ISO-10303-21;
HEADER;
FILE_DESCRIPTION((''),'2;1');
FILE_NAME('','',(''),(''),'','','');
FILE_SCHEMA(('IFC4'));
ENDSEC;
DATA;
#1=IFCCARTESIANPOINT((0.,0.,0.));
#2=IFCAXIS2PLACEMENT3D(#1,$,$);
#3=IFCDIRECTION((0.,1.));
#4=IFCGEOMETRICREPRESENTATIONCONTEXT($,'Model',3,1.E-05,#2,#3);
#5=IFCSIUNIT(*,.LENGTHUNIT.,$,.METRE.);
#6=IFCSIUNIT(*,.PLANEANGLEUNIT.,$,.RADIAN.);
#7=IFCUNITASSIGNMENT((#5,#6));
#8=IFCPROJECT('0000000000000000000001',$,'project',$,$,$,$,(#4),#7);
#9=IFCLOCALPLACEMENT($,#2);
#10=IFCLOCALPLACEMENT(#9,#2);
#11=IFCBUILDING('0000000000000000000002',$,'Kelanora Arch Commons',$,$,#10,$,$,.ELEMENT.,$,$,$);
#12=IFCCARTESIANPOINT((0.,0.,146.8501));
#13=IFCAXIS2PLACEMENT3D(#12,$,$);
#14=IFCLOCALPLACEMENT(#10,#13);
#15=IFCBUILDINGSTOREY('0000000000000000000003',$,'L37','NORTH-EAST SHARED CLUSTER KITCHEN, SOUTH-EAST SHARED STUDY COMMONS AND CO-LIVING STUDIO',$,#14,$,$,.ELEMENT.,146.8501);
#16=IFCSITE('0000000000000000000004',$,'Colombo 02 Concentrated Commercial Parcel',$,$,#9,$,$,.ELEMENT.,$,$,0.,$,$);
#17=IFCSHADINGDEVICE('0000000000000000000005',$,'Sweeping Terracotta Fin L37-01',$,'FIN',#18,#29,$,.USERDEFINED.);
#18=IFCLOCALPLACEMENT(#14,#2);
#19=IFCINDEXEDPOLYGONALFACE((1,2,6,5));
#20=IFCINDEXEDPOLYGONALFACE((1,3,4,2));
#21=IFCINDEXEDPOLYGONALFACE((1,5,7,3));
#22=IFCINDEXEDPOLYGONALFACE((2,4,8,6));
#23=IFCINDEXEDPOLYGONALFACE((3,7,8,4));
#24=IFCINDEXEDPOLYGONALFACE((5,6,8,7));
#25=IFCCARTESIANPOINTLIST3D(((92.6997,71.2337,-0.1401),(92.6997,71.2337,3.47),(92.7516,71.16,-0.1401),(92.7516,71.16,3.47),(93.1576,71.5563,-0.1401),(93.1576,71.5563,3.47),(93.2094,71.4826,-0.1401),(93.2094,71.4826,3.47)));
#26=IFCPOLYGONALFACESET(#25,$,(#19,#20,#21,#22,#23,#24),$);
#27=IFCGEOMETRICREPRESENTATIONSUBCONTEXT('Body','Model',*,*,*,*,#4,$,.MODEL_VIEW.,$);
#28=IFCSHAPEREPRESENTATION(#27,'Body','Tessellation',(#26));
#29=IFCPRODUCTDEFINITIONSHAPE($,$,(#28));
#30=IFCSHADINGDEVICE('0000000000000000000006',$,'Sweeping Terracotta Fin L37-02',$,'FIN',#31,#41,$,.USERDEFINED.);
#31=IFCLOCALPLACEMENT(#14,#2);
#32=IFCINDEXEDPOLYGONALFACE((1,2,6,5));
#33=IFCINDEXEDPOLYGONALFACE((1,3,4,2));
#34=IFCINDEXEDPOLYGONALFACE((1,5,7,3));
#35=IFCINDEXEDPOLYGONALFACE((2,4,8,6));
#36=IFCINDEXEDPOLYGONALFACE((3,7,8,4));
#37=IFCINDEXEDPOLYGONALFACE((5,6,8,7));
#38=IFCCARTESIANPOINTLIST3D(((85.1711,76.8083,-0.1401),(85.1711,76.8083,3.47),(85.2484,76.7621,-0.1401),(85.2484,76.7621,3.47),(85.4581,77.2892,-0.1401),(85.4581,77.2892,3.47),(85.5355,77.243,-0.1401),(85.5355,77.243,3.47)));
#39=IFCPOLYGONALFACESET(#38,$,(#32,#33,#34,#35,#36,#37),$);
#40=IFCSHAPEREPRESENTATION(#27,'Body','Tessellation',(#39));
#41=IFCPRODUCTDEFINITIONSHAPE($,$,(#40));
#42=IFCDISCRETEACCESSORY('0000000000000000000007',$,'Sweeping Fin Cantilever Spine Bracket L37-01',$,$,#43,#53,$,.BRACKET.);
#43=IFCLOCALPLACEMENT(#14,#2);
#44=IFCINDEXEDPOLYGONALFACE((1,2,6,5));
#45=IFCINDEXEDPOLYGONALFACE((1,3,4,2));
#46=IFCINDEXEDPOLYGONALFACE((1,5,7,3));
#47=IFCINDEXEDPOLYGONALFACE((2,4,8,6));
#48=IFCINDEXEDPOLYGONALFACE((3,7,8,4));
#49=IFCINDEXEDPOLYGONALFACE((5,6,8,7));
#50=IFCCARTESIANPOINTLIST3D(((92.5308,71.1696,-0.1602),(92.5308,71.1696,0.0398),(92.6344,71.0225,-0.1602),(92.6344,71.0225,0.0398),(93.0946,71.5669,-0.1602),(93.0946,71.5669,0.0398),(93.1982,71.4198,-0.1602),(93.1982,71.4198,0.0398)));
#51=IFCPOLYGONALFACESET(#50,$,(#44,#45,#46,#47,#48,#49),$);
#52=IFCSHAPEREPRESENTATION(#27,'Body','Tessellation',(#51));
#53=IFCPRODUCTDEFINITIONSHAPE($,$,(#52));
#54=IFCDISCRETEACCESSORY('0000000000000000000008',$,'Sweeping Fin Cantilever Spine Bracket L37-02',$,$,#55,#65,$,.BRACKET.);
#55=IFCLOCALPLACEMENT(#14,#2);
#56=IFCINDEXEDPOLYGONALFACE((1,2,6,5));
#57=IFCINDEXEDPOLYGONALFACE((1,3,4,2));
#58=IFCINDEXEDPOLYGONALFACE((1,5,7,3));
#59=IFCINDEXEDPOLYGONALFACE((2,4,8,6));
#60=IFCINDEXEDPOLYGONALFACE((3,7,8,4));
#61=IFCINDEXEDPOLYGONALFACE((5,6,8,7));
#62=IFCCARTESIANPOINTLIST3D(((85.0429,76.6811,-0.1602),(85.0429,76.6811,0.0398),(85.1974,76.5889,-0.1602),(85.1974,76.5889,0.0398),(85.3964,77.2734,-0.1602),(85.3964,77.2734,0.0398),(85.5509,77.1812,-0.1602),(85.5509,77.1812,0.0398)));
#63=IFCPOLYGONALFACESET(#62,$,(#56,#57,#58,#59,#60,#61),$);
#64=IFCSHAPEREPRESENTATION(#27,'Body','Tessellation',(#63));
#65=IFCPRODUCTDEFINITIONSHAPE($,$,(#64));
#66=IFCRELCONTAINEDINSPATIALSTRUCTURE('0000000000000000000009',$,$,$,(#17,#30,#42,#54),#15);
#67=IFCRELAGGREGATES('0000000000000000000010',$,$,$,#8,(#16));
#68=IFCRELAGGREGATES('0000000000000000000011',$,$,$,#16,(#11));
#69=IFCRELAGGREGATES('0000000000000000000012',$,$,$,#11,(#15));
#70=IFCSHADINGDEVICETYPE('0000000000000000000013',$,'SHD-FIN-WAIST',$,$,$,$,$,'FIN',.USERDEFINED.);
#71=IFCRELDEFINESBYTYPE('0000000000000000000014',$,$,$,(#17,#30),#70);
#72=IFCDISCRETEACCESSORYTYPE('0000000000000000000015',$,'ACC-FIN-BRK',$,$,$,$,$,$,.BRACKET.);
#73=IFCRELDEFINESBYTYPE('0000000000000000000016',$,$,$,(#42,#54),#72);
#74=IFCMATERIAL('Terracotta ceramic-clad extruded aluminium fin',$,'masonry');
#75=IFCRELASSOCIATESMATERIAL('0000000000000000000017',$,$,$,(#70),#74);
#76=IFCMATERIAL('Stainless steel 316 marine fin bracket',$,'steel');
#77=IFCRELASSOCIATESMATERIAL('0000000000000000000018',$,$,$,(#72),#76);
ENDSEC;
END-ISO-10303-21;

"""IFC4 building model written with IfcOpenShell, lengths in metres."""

from ifc_helpers import new_model, si_unit, direction, frame, origin, origin_2d, place, context, subcontext, project, spatial, rectangle, extrude, source, transform, mapped, material, type_object, element, save


model = new_model("IFC4")

# Units and contexts
model_context = context("Model", 3, precision=1e-05, world=origin(), true_north=direction((0.0, 1.0)))
body_context = subcontext(model_context, "Body", "Model", "MODEL_VIEW")
ifc_project = project(units=[si_unit("LENGTHUNIT", "METRE"), si_unit("PLANEANGLEUNIT", "RADIAN")], contexts=[model_context])

# Site, building, storey
site_placement = place(None, origin())
site = spatial("IfcSite", under=ifc_project, at=site_placement, Name="Colombo 02 Concentrated Commercial Parcel", CompositionType="ELEMENT", RefElevation=0.0)
building_placement = place(site_placement, origin())
building = spatial("IfcBuilding", under=site, at=building_placement, Name="Kelanora Arch Commons", CompositionType="ELEMENT")
storey_placement = place(building_placement, frame((0.0, 0.0, 146.8501)))
storey = spatial("IfcBuildingStorey", under=building, at=storey_placement, Name="L37", Description="NORTH-EAST SHARED CLUSTER KITCHEN, SOUTH-EAST SHARED STUDY COMMONS AND CO-LIVING STUDIO", CompositionType="ELEMENT", Elevation=146.8501)

# Shading devices
ifc_material_1 = material(Name="Terracotta ceramic-clad extruded aluminium fin", Category="masonry")
shading_device_type = type_object("IfcShadingDeviceType", Name="SHD-FIN-WAIST", ElementType="FIN", PredefinedType="USERDEFINED", material=ifc_material_1)
shared_shape_1 = source(origin(), body_context, "Body", "SweptSolid", [
    extrude(rectangle(XDim=0.5601, YDim=0.0901, at=origin_2d()), origin(), (0.0, 0.0, 1.0), 3.6101),
])
for number, where, z_axis, x_axis, name in (
    (1, (92.9546, 71.3582, -0.1401), (0.0, 0.0, 1.0), (0.817447, 0.576004, 0.0), "Sweeping Terracotta Fin L37-01"),
    (2, (85.3533, 77.0256, -0.1401), (0.0, 0.0, 1.0), (0.512493, 0.858692, 0.0), "Sweeping Terracotta Fin L37-02"),
):
    element("IfcShadingDevice", number, at=place(storey_placement, frame(where, z_axis=z_axis, x_axis=x_axis)), inside=storey, type_object=shading_device_type, Name=name, ObjectType="FIN", PredefinedType="USERDEFINED", context=body_context, shape_type="MappedRepresentation", body=[
        mapped(shared_shape_1, transform((0.0, 0.0, 0.0), scale=1.0)),
    ])

# Discrete accessories
ifc_material_2 = material(Name="Stainless steel 316 marine fin bracket", Category="steel")
discrete_accessory_type = type_object("IfcDiscreteAccessoryType", Name="ACC-FIN-BRK", PredefinedType="BRACKET", material=ifc_material_2)
shared_shape_2 = source(origin(), body_context, "Body", "SweptSolid", [
    extrude(rectangle(XDim=0.6897, YDim=0.1799, at=origin_2d()), origin(), (0.0, 0.0, 1.0), 0.2),
])
for number, where, z_axis, x_axis, name in (
    (3, (92.8645, 71.2947, -0.1602), (0.0, 0.0, 1.0), (0.817447, 0.576004, 0.0), "Sweeping Fin Cantilever Spine Bracket L37-01"),
    (4, (85.2969, 76.9312, -0.1602), (0.0, 0.0, 1.0), (0.512493, 0.858692, 0.0), "Sweeping Fin Cantilever Spine Bracket L37-02"),
):
    element("IfcDiscreteAccessory", number, at=place(storey_placement, frame(where, z_axis=z_axis, x_axis=x_axis)), inside=storey, type_object=discrete_accessory_type, Name=name, PredefinedType="BRACKET", context=body_context, shape_type="MappedRepresentation", body=[
        mapped(shared_shape_2, transform((0.0, 0.0, 0.0), scale=1.0)),
    ])

save(model, "model.ifc")
